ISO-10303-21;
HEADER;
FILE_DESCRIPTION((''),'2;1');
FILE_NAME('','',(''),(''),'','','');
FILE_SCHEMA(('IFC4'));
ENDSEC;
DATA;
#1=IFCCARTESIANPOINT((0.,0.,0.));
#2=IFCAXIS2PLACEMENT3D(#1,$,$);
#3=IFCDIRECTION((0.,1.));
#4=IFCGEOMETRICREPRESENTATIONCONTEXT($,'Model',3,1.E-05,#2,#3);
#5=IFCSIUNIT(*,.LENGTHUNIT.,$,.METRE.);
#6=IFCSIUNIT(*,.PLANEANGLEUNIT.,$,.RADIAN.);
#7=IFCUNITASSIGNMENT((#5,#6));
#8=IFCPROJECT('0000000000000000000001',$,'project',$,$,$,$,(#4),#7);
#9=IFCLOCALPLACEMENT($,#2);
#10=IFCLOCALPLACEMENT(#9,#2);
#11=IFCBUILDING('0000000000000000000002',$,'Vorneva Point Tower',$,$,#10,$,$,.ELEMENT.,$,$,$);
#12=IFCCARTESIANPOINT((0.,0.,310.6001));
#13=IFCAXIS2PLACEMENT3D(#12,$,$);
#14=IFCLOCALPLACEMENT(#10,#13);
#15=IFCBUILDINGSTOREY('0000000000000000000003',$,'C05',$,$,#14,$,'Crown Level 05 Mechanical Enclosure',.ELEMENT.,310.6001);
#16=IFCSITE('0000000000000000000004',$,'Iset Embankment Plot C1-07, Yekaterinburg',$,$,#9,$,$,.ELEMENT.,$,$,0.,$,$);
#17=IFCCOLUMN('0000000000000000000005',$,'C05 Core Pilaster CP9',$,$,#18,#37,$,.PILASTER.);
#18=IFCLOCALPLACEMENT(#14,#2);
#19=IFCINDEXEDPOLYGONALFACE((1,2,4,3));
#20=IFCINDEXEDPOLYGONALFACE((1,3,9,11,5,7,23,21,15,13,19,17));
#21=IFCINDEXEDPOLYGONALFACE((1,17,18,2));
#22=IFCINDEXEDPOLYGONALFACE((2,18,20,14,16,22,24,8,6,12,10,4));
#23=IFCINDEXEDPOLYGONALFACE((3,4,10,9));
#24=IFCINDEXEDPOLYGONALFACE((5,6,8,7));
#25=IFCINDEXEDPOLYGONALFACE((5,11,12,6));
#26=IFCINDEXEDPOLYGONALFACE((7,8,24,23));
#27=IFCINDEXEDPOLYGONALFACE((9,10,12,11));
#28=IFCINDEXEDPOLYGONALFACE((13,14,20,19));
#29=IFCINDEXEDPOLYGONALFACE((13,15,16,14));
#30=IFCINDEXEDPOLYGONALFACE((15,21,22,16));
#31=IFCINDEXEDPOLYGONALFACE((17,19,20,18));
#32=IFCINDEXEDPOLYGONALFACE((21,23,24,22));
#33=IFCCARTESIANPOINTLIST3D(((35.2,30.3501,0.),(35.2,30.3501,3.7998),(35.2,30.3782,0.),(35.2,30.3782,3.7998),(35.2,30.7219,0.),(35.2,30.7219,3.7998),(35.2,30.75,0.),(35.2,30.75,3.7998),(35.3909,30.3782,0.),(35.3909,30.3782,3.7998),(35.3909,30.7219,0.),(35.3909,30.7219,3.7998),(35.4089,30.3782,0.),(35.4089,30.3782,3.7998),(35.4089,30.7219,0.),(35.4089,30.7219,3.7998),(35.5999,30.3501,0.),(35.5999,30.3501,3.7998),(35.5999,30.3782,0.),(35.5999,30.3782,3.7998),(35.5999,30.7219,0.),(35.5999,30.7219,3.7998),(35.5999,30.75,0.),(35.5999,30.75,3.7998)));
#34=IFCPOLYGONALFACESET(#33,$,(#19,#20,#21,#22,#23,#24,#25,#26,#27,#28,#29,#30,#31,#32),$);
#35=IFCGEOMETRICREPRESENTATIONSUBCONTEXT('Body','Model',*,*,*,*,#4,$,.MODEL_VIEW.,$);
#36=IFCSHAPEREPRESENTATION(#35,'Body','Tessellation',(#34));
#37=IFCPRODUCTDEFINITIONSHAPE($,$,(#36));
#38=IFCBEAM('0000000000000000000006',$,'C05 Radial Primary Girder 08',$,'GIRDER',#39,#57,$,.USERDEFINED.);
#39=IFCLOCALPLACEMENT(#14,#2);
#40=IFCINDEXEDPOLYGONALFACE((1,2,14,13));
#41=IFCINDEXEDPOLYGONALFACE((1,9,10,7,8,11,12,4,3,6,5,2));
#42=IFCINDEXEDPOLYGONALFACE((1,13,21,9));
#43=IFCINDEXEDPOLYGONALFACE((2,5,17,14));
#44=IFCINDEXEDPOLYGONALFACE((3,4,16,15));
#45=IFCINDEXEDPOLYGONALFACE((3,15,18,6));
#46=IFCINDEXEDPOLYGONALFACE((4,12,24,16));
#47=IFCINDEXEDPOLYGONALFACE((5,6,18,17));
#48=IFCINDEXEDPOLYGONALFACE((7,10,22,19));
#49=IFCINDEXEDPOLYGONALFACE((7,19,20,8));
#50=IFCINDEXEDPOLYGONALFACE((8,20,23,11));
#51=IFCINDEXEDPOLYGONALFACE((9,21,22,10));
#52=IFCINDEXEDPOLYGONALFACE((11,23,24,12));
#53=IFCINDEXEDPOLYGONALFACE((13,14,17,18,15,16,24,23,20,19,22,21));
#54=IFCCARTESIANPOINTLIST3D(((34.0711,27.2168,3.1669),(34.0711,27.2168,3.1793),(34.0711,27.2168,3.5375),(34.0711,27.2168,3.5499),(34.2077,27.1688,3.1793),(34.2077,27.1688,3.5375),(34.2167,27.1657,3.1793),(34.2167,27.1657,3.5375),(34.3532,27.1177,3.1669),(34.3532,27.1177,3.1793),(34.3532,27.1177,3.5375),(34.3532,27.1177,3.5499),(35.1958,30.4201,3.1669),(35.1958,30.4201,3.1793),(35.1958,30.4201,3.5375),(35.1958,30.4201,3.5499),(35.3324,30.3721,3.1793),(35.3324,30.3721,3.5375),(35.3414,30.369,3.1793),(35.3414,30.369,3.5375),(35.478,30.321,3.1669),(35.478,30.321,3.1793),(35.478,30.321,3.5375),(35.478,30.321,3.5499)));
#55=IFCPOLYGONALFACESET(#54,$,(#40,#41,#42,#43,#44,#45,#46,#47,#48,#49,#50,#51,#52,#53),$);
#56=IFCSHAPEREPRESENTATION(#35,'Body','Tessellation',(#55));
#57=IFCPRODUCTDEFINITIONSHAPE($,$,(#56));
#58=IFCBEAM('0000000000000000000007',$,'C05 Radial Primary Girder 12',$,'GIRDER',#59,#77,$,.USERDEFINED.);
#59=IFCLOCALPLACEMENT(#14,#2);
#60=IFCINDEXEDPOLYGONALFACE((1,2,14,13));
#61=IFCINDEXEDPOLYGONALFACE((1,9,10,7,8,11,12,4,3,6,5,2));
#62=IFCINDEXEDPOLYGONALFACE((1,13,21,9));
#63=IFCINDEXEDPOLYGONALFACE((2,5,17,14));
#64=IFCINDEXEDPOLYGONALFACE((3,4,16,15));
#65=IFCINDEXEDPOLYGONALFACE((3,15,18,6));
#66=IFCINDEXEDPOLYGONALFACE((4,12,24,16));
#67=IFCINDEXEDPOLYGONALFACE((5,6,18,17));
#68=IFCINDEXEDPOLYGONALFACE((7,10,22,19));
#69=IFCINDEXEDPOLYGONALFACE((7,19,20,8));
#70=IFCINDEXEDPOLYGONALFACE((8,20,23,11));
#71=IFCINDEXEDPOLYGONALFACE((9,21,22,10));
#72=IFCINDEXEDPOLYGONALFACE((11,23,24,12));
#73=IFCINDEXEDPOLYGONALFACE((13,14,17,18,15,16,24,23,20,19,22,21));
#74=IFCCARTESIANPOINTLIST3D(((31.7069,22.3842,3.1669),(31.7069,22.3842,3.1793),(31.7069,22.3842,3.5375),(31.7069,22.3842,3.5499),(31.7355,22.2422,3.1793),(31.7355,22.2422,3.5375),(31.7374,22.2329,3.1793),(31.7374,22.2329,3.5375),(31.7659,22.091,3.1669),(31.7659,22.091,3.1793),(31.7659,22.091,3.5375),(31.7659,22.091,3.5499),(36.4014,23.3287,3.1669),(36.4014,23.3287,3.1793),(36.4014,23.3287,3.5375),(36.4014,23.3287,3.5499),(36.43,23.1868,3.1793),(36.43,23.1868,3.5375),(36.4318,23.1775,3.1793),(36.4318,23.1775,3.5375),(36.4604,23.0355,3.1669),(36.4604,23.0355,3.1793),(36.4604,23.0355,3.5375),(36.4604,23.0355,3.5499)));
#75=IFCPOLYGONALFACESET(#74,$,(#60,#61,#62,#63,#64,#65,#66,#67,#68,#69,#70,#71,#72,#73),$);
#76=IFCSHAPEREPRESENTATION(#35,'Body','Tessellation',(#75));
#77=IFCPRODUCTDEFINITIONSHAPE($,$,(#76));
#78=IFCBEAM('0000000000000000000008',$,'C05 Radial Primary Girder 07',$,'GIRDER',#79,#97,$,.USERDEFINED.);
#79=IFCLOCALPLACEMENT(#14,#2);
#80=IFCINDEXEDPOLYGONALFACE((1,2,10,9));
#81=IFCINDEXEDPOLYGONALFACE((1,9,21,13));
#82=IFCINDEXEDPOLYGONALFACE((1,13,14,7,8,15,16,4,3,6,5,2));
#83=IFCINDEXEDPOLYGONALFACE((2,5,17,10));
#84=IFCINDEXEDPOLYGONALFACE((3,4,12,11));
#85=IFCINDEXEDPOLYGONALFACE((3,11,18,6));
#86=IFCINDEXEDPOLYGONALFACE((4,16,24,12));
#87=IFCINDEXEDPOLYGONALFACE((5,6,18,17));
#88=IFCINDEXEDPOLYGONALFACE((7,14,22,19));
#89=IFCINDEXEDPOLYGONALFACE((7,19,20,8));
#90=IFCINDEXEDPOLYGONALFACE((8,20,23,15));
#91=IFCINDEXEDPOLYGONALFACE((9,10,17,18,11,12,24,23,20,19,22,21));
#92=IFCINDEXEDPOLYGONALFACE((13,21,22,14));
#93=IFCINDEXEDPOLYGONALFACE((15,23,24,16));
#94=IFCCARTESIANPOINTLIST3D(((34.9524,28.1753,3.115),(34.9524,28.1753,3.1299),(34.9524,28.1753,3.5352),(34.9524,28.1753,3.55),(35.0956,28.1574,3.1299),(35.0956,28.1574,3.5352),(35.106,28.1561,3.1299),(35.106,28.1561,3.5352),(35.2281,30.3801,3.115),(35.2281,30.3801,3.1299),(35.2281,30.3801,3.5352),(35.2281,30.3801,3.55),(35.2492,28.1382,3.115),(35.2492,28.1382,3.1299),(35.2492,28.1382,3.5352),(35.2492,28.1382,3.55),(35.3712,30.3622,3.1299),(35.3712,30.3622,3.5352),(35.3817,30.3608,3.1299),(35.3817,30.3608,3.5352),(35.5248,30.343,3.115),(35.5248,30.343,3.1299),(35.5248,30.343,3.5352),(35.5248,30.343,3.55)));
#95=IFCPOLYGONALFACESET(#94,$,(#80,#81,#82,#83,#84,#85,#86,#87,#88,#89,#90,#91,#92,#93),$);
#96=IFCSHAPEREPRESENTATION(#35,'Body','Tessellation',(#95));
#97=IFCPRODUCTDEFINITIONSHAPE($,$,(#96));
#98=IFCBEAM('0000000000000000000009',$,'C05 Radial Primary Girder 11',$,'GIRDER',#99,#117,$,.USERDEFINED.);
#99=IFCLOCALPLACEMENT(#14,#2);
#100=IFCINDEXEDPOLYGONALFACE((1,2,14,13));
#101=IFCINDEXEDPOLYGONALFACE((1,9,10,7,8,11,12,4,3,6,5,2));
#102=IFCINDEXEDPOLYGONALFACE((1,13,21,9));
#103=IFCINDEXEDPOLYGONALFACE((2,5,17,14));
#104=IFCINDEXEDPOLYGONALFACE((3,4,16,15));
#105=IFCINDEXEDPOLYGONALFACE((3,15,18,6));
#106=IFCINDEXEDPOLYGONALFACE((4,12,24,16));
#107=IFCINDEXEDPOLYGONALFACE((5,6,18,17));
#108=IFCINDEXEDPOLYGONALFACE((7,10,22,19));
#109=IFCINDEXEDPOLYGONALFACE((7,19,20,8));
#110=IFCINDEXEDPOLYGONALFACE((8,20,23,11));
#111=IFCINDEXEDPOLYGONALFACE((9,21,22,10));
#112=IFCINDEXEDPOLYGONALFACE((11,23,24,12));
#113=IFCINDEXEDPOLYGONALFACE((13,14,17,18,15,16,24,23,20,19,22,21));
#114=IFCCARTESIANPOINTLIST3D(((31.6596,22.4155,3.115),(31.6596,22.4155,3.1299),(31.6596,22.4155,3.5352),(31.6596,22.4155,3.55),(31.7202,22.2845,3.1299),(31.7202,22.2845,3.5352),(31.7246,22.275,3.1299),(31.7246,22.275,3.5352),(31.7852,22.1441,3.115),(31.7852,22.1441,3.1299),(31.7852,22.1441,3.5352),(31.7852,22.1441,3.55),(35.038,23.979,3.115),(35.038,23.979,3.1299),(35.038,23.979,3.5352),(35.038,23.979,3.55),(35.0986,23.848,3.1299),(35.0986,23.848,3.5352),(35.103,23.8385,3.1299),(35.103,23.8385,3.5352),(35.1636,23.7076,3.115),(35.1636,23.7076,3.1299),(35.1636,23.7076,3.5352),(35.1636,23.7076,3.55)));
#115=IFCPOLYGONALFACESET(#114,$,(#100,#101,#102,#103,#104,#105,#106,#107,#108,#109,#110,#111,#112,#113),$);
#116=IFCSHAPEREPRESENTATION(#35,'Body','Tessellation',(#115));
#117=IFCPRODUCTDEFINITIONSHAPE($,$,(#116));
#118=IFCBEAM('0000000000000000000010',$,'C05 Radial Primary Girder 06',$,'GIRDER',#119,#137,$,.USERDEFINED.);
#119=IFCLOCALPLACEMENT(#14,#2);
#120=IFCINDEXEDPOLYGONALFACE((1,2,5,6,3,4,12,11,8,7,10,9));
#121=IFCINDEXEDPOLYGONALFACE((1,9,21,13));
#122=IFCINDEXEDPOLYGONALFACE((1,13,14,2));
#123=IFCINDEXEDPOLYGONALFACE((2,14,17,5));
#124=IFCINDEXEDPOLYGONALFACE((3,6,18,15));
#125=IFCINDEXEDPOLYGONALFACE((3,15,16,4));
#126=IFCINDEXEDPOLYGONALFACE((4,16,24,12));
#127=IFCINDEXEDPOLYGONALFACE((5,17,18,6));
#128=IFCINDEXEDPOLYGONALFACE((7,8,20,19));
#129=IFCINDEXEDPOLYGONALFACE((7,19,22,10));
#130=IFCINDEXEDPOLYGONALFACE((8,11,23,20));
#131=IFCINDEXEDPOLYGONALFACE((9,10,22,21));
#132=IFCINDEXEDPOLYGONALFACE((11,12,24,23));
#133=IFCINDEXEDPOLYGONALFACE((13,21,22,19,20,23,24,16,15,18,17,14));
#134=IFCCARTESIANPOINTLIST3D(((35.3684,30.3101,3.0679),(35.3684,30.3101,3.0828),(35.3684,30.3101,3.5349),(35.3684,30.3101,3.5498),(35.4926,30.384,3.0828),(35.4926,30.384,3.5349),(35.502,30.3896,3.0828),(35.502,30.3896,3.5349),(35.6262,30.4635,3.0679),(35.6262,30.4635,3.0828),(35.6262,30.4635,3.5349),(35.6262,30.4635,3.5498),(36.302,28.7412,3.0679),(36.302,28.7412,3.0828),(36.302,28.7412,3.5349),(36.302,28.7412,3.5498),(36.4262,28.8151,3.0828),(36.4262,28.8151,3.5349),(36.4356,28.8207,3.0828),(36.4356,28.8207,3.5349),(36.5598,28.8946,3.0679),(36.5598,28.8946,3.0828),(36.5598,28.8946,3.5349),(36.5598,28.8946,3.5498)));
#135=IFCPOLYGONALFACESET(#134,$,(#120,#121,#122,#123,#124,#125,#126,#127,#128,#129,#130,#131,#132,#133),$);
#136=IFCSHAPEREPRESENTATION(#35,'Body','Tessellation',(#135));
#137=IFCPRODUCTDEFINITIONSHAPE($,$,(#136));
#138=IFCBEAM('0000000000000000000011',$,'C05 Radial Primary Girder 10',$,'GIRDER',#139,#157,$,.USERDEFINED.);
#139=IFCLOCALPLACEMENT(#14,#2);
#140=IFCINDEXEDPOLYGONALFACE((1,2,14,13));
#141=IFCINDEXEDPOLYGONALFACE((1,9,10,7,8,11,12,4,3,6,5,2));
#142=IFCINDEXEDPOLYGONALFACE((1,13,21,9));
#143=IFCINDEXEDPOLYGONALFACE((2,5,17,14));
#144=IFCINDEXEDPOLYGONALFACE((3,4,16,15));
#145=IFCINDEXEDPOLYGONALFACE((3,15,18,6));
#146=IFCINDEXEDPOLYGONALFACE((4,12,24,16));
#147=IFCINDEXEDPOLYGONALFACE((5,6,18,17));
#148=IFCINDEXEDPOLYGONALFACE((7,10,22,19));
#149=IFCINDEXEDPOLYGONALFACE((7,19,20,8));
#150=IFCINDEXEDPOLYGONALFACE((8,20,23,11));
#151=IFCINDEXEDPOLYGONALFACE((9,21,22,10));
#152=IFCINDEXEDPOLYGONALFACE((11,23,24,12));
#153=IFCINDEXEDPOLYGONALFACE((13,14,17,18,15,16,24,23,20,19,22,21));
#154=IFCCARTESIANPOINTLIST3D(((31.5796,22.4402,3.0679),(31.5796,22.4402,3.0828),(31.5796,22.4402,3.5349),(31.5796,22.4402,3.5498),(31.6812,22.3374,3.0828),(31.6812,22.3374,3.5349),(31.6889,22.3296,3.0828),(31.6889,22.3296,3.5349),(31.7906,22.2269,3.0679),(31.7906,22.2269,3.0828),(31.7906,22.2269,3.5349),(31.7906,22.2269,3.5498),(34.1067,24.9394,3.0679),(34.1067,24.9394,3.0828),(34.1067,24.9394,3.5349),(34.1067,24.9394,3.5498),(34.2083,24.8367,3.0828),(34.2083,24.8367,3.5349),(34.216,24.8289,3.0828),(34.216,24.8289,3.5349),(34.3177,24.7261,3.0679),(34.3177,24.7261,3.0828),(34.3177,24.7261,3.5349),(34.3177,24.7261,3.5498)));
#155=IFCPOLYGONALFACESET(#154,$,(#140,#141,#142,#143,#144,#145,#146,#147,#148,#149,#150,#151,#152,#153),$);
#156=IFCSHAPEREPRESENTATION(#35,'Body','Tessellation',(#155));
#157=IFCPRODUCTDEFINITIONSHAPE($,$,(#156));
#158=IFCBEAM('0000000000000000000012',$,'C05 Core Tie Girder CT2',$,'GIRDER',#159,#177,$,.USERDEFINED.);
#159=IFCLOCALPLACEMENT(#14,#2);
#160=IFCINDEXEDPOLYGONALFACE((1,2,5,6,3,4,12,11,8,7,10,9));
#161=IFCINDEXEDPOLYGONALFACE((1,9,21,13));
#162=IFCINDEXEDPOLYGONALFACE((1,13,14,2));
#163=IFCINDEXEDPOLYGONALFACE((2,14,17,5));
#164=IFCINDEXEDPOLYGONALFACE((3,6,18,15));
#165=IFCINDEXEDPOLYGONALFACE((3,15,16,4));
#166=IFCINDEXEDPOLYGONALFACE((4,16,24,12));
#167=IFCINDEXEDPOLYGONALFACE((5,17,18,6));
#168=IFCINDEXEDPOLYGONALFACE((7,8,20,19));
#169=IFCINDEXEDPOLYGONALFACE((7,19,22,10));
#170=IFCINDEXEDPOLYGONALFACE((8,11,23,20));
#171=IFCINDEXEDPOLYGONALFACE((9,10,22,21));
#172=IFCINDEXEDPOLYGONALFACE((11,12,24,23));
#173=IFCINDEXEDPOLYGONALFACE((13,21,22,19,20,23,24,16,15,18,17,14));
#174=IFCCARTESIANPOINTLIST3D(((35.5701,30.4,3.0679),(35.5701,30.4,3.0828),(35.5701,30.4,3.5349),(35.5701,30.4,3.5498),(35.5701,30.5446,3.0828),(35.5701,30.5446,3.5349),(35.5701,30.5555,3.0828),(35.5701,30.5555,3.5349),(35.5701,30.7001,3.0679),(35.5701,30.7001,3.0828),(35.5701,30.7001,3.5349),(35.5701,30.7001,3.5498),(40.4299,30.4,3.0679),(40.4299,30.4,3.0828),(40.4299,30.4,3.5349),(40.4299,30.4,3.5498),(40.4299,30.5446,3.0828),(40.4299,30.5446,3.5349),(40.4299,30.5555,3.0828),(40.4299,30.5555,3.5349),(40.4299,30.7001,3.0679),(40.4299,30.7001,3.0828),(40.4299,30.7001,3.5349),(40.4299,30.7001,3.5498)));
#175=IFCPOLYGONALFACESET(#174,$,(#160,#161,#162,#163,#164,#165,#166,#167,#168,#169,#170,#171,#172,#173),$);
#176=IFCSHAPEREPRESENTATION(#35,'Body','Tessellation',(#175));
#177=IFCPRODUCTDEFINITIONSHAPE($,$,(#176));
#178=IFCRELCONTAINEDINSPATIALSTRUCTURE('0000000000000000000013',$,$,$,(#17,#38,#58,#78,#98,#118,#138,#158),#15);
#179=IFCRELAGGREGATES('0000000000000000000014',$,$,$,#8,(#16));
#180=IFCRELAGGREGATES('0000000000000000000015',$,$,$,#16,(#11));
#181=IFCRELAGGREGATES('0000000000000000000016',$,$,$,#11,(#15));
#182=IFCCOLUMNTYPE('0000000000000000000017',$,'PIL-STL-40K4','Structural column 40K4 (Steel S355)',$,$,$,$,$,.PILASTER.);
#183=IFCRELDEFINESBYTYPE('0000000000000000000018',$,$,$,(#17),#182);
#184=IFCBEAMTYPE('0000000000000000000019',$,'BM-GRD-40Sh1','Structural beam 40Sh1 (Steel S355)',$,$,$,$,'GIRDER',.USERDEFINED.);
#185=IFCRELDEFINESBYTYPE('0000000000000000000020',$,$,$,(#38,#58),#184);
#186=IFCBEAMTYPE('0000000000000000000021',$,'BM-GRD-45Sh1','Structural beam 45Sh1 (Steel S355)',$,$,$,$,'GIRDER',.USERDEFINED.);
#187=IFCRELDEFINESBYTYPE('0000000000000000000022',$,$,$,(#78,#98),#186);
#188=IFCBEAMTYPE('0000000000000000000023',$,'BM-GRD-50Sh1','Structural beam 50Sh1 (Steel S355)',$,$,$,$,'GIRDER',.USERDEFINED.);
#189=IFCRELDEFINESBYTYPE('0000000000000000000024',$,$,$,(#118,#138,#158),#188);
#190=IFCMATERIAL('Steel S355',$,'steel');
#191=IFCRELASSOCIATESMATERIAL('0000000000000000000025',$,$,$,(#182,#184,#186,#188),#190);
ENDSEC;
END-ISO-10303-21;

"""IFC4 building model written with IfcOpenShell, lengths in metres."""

from ifc_helpers import new_model, si_unit, direction, frame, origin, origin_2d, place, context, subcontext, project, spatial, i_section, extrude, material, material_profile, profile_set, type_object, element, save


model = new_model("IFC4")

# Units and contexts
model_context = context("Model", 3, precision=1e-05, world=origin(), true_north=direction((0.0, 1.0)))
body_context = subcontext(model_context, "Body", "Model", "MODEL_VIEW")
ifc_project = project(units=[si_unit("LENGTHUNIT", "METRE"), si_unit("PLANEANGLEUNIT", "RADIAN")], contexts=[model_context])

# Site, building, storey
site_placement = place(None, origin())
site = spatial("IfcSite", under=ifc_project, at=site_placement, Name="Iset Embankment Plot C1-07, Yekaterinburg", CompositionType="ELEMENT", RefElevation=0.0)
building_placement = place(site_placement, origin())
building = spatial("IfcBuilding", under=site, at=building_placement, Name="Vorneva Point Tower", CompositionType="ELEMENT")
storey_placement = place(building_placement, frame((0.0, 0.0, 310.6001)))
storey = spatial("IfcBuildingStorey", under=building, at=storey_placement, Name="C05", LongName="Crown Level 05 Mechanical Enclosure", CompositionType="ELEMENT", Elevation=310.6001)

# Column
ifc_material_1 = material(Name="Steel S355", Category="steel")
ifc_material_profile_1 = material_profile(ifc_material_1, i_section(OverallWidth=0.3999, OverallDepth=0.3999, WebThickness=0.0181, FlangeThickness=0.0281, at=origin_2d()), Name="40K4")
ifc_profile_set_1 = profile_set([ifc_material_profile_1], Name="Steel S355")
column_type = type_object("IfcColumnType", Name="PIL-STL-40K4", Description="Structural column 40K4 (Steel S355)", PredefinedType="PILASTER", material=ifc_profile_set_1)
column_placement = place(storey_placement, frame((35.3999, 30.55, 0.0), z_axis=(0.0, 0.0, 1.0), x_axis=(1.0, 0.0, 0.0)))
element("IfcColumn", 1, at=column_placement, inside=storey, type_object=column_type, Name="C05 Core Pilaster CP9", PredefinedType="PILASTER", context=body_context, shape_type="SweptSolid", body=[
    extrude(i_section(OverallWidth=0.3999, OverallDepth=0.3999, WebThickness=0.0181, FlangeThickness=0.0281, at=origin_2d()), origin(), (0.0, 0.0, 1.0), 3.7998),
])

# Beams
ifc_material_profile_2 = material_profile(ifc_material_1, i_section(OverallWidth=0.2991, OverallDepth=0.3831, WebThickness=0.0095, FlangeThickness=0.0125, at=origin_2d()), Name="40Sh1")
ifc_profile_set_2 = profile_set([ifc_material_profile_2], Name="Steel S355")
beam_type_1 = type_object("IfcBeamType", Name="BM-GRD-40Sh1", Description="Structural beam 40Sh1 (Steel S355)", ElementType="GIRDER", PredefinedType="USERDEFINED", material=ifc_profile_set_2)
beam_1_placement = place(storey_placement, frame((34.2122, 27.1672, 3.3584), z_axis=(0.331289, 0.943529, 0.0), x_axis=(-0.943529, 0.331289, 0.0)))
element("IfcBeam", 2, at=beam_1_placement, inside=storey, type_object=beam_type_1, Name="C05 Radial Primary Girder 08", ObjectType="GIRDER", PredefinedType="USERDEFINED", context=body_context, shape_type="SweptSolid", body=[
    extrude(i_section(OverallWidth=0.2991, OverallDepth=0.3831, WebThickness=0.0095, FlangeThickness=0.0125, at=origin_2d()), origin(), (0.0, 0.0, 1.0), 3.395),
])
beam_2_placement = place(storey_placement, frame((36.4309, 23.1821, 3.3584), z_axis=(-0.980353, -0.197253, 0.0), x_axis=(0.197253, -0.980353, 0.0)))
element("IfcBeam", 3, at=beam_2_placement, inside=storey, type_object=beam_type_1, Name="C05 Radial Primary Girder 12", ObjectType="GIRDER", PredefinedType="USERDEFINED", context=body_context, shape_type="SweptSolid", body=[
    extrude(i_section(OverallWidth=0.2991, OverallDepth=0.3831, WebThickness=0.0095, FlangeThickness=0.0125, at=origin_2d()), origin(), (0.0, 0.0, 1.0), 4.7886),
])
ifc_material_profile_3 = material_profile(ifc_material_1, i_section(OverallWidth=0.2991, OverallDepth=0.4351, WebThickness=0.0105, FlangeThickness=0.0149, at=origin_2d()), Name="45Sh1")
ifc_profile_set_3 = profile_set([ifc_material_profile_3], Name="Steel S355")
beam_type_2 = type_object("IfcBeamType", Name="BM-GRD-45Sh1", Description="Structural beam 45Sh1 (Steel S355)", ElementType="GIRDER", PredefinedType="USERDEFINED", material=ifc_profile_set_3)
beam_3_placement = place(storey_placement, frame((35.1008, 28.1567, 3.3325), z_axis=(0.124048, 0.992276, 0.0), x_axis=(-0.992276, 0.124048, 0.0)))
element("IfcBeam", 4, at=beam_3_placement, inside=storey, type_object=beam_type_2, Name="C05 Radial Primary Girder 07", ObjectType="GIRDER", PredefinedType="USERDEFINED", context=body_context, shape_type="SweptSolid", body=[
    extrude(i_section(OverallWidth=0.2991, OverallDepth=0.4351, WebThickness=0.0105, FlangeThickness=0.0149, at=origin_2d()), origin(), (0.0, 0.0, 1.0), 2.2219),
])
beam_4_placement = place(storey_placement, frame((35.1008, 23.8433, 3.3325), z_axis=(-0.907529, -0.41999, 0.0), x_axis=(0.41999, -0.907529, 0.0)))
element("IfcBeam", 5, at=beam_4_placement, inside=storey, type_object=beam_type_2, Name="C05 Radial Primary Girder 11", ObjectType="GIRDER", PredefinedType="USERDEFINED", context=body_context, shape_type="SweptSolid", body=[
    extrude(i_section(OverallWidth=0.2991, OverallDepth=0.4351, WebThickness=0.0105, FlangeThickness=0.0149, at=origin_2d()), origin(), (0.0, 0.0, 1.0), 3.7227),
])
ifc_material_profile_4 = material_profile(ifc_material_1, i_section(OverallWidth=0.3, OverallDepth=0.4819, WebThickness=0.011, FlangeThickness=0.0149, at=origin_2d()), Name="50Sh1")
ifc_profile_set_4 = profile_set([ifc_material_profile_4], Name="Steel S355")
beam_type_3 = type_object("IfcBeamType", Name="BM-GRD-50Sh1", Description="Structural beam 50Sh1 (Steel S355)", ElementType="GIRDER", PredefinedType="USERDEFINED", material=ifc_profile_set_4)
beam_5_placement = place(storey_placement, frame((36.4309, 28.8179, 3.3088), z_axis=(-0.511385, 0.859352, 0.0), x_axis=(-0.859352, -0.511385, 0.0)))
element("IfcBeam", 6, at=beam_5_placement, inside=storey, type_object=beam_type_3, Name="C05 Radial Primary Girder 06", ObjectType="GIRDER", PredefinedType="USERDEFINED", context=body_context, shape_type="SweptSolid", body=[
    extrude(i_section(OverallWidth=0.3, OverallDepth=0.4819, WebThickness=0.011, FlangeThickness=0.0149, at=origin_2d()), origin(), (0.0, 0.0, 1.0), 1.8257),
])
beam_6_placement = place(storey_placement, frame((34.2122, 24.8328, 3.3088), z_axis=(-0.711011, -0.703181, 0.0), x_axis=(0.703181, -0.711011, 0.0)))
element("IfcBeam", 7, at=beam_6_placement, inside=storey, type_object=beam_type_3, Name="C05 Radial Primary Girder 10", ObjectType="GIRDER", PredefinedType="USERDEFINED", context=body_context, shape_type="SweptSolid", body=[
    extrude(i_section(OverallWidth=0.3, OverallDepth=0.4819, WebThickness=0.011, FlangeThickness=0.0149, at=origin_2d()), origin(), (0.0, 0.0, 1.0), 3.5542),
])
beam_7_placement = place(storey_placement, frame((35.5701, 30.55, 3.3088), z_axis=(1.0, 0.0, 0.0), x_axis=(0.0, 1.0, 0.0)))
element("IfcBeam", 8, at=beam_7_placement, inside=storey, type_object=beam_type_3, Name="C05 Core Tie Girder CT2", ObjectType="GIRDER", PredefinedType="USERDEFINED", context=body_context, shape_type="SweptSolid", body=[
    extrude(i_section(OverallWidth=0.3, OverallDepth=0.4819, WebThickness=0.011, FlangeThickness=0.0149, at=origin_2d()), origin(), (0.0, 0.0, 1.0), 4.8599),
])

save(model, "model.ifc")
